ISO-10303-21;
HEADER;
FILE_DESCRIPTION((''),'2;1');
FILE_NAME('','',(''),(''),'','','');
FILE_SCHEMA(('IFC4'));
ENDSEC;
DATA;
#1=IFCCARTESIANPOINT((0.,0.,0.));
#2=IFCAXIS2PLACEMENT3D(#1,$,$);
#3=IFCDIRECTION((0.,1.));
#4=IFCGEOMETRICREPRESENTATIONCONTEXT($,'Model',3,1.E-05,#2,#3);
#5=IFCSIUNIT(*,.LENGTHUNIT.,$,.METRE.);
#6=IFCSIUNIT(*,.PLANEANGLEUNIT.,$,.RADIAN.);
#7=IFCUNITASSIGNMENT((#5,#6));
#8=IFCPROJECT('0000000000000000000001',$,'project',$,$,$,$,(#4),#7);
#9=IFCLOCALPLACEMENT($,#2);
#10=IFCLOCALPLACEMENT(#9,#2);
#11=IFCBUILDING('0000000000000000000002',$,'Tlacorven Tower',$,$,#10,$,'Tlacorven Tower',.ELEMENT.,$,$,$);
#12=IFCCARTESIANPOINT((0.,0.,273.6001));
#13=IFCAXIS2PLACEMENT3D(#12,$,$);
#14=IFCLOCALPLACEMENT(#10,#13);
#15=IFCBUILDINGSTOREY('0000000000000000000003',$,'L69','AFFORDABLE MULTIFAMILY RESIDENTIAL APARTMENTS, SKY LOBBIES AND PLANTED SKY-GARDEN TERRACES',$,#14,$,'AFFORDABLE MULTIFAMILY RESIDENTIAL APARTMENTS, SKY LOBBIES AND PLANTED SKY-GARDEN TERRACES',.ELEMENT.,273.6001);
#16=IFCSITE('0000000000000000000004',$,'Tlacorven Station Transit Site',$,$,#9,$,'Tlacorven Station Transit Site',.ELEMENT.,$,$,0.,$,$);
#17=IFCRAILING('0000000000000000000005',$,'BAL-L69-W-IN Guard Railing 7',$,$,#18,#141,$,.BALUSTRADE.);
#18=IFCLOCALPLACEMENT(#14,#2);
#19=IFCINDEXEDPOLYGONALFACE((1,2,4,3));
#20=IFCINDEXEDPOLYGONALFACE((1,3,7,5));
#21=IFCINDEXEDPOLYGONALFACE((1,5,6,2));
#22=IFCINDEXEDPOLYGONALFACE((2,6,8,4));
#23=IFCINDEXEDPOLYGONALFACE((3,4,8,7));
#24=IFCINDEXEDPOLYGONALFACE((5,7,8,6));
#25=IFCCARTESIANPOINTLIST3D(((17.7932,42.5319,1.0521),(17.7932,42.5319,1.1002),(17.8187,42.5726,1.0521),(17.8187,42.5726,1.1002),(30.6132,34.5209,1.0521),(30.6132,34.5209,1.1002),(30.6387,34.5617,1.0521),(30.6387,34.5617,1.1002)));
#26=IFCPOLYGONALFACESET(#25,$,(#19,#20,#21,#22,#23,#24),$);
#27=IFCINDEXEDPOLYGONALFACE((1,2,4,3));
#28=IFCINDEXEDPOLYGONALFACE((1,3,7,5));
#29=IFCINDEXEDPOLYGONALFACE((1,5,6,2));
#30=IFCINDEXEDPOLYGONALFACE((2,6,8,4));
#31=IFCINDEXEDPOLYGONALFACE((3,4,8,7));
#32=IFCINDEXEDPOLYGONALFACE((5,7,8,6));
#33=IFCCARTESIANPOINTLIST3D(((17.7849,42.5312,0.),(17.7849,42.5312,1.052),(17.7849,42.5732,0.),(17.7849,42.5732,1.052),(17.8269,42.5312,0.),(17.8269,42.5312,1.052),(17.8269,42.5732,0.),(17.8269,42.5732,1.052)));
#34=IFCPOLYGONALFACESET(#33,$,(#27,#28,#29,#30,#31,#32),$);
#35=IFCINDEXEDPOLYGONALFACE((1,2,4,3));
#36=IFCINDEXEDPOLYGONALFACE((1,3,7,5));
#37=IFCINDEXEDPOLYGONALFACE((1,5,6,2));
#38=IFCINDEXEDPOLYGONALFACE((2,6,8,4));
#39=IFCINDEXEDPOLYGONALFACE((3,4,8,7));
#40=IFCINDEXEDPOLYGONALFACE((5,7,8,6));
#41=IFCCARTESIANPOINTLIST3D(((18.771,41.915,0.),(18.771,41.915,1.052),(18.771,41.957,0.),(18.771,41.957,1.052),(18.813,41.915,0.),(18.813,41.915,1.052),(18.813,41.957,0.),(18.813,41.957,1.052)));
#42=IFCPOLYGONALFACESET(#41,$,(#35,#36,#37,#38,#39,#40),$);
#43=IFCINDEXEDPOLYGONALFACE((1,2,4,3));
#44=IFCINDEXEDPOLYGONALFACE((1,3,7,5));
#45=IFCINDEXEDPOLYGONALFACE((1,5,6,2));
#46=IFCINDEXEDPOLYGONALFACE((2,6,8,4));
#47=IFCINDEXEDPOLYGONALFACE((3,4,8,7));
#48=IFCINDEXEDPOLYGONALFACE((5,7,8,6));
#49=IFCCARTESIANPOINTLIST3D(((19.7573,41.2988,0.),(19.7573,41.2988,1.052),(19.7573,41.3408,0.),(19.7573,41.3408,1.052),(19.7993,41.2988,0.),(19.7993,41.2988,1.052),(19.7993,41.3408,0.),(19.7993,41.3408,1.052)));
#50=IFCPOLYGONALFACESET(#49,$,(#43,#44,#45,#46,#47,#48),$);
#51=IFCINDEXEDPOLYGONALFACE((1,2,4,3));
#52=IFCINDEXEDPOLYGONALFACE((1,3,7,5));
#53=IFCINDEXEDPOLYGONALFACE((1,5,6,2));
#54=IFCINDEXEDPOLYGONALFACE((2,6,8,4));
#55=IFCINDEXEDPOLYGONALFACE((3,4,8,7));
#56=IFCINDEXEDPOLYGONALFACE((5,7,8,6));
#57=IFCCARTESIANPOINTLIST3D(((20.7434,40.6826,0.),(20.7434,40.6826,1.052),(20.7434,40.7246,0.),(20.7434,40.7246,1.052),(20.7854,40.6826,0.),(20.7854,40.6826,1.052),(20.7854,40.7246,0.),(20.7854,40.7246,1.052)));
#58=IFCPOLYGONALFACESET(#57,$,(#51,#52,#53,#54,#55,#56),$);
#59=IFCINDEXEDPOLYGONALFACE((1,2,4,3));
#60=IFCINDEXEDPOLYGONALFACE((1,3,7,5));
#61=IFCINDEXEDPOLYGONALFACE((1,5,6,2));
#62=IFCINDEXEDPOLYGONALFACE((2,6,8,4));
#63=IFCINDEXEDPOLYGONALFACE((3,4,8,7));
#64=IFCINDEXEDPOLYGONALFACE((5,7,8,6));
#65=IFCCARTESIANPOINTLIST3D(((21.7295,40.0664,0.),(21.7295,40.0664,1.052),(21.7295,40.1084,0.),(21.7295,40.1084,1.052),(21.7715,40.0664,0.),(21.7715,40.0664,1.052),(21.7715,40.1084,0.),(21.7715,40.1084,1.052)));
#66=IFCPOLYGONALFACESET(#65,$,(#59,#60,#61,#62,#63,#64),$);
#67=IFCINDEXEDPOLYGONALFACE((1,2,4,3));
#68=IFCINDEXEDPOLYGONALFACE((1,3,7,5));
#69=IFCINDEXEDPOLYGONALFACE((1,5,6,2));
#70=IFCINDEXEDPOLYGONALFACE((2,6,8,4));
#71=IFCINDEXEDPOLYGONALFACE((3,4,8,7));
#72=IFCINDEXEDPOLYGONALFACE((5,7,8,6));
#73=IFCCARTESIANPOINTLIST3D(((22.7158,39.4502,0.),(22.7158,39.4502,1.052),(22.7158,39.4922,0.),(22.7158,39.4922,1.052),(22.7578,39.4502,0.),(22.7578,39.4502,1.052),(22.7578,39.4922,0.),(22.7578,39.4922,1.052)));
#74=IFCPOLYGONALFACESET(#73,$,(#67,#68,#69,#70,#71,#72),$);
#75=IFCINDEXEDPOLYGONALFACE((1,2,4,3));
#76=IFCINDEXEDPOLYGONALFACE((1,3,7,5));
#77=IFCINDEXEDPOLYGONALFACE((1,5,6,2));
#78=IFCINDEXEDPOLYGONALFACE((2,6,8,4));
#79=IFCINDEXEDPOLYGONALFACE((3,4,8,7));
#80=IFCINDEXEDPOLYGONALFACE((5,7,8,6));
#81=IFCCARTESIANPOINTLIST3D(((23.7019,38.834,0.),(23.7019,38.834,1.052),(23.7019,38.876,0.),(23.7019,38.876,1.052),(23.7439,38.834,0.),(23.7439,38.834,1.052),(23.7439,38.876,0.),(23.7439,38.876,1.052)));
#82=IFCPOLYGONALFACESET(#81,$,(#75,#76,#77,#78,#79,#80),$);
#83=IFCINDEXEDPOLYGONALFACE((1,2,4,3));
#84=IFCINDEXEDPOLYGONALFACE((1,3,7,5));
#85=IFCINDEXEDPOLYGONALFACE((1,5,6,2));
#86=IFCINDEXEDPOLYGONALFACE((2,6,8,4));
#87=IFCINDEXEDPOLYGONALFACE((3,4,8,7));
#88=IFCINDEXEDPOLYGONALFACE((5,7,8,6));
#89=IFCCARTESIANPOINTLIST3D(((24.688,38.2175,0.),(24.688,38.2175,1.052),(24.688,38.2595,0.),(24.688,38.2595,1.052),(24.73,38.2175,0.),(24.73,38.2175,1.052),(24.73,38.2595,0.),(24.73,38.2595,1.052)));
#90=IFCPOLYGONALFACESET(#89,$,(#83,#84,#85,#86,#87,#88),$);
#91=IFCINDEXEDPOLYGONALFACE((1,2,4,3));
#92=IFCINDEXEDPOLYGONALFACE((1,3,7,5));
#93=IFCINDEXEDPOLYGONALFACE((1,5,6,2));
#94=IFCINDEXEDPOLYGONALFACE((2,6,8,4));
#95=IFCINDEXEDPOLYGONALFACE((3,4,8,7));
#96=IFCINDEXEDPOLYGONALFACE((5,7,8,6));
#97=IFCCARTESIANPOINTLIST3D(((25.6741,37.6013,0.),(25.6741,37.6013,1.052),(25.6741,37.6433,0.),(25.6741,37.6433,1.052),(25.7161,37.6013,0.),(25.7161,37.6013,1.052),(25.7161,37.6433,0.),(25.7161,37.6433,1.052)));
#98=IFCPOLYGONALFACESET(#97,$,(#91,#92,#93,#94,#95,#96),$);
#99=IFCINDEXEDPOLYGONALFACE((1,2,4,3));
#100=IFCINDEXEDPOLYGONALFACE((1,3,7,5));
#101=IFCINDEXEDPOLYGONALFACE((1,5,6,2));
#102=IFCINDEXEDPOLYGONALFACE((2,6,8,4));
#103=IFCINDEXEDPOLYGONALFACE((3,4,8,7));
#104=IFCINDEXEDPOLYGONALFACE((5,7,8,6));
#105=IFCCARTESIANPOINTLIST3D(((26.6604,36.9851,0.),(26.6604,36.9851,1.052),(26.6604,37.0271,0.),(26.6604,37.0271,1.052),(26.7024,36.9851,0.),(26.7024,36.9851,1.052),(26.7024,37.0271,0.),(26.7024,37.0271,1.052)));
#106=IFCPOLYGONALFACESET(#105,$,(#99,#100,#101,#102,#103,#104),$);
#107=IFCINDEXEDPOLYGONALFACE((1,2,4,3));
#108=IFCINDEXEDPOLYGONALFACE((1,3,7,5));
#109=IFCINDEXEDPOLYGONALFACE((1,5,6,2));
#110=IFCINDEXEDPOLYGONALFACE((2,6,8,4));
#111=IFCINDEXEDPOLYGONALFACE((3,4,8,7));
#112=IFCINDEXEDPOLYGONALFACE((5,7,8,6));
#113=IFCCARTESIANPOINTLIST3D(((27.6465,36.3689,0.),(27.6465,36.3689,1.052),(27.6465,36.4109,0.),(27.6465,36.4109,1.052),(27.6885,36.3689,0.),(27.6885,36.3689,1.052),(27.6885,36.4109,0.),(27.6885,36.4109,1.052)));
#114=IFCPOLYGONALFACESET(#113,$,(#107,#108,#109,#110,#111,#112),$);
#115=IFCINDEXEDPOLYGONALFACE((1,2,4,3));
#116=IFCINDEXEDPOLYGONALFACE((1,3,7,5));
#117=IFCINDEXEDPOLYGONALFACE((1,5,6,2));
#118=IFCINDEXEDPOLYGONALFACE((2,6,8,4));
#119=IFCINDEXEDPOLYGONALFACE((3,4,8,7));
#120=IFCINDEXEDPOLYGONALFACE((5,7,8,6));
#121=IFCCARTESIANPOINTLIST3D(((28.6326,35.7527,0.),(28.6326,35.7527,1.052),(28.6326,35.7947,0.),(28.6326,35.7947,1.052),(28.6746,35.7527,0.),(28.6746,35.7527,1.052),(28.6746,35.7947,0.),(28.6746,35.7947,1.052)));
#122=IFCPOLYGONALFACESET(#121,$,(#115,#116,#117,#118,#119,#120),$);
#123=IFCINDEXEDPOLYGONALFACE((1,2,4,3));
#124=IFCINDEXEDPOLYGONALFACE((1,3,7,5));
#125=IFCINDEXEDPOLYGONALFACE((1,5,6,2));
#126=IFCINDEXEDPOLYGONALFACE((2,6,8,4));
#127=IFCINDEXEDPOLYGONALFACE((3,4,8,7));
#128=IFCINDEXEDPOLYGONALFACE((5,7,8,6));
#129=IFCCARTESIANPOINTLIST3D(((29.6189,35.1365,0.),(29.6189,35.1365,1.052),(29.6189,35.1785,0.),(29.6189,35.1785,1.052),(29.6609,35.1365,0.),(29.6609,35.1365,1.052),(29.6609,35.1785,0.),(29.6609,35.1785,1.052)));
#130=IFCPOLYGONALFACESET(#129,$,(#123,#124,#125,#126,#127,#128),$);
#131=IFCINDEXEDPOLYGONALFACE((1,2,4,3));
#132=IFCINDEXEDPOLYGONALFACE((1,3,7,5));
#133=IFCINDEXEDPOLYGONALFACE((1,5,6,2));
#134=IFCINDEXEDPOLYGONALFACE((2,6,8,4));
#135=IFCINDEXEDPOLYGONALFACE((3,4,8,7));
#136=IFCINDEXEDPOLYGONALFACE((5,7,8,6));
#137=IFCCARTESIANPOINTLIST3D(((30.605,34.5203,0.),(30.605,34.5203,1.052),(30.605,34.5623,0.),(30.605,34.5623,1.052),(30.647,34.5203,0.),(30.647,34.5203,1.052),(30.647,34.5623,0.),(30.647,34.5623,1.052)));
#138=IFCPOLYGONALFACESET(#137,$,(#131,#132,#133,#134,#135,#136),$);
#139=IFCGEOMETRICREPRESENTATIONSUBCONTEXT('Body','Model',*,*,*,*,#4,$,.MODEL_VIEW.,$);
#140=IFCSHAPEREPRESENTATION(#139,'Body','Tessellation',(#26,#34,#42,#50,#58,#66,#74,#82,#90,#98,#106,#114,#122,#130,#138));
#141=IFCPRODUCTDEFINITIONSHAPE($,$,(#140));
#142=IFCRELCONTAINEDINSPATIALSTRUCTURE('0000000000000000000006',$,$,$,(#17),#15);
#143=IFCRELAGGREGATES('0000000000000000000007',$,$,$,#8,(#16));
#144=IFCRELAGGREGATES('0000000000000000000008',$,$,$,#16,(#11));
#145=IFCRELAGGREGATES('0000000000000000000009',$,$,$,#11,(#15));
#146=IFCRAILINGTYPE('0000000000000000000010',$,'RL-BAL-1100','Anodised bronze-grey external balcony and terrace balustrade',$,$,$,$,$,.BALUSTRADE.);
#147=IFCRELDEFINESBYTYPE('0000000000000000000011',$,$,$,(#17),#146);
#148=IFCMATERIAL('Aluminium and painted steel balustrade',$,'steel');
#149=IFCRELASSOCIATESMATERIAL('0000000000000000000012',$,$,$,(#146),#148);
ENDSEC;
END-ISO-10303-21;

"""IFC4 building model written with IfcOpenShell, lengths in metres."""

from ifc_helpers import new_model, si_unit, direction, frame, origin, origin_2d, place, context, subcontext, project, spatial, rectangle, extrude, source, transform, mapped, material, type_object, element, save


model = new_model("IFC4")

# Units and contexts
model_context = context("Model", 3, precision=1e-05, world=origin(), true_north=direction((0.0, 1.0)))
body_context = subcontext(model_context, "Body", "Model", "MODEL_VIEW")
ifc_project = project(units=[si_unit("LENGTHUNIT", "METRE"), si_unit("PLANEANGLEUNIT", "RADIAN")], contexts=[model_context])

# Site, building, storey
site_placement = place(None, origin())
site = spatial("IfcSite", under=ifc_project, at=site_placement, Name="Tlacorven Station Transit Site", LongName="Tlacorven Station Transit Site", CompositionType="ELEMENT", RefElevation=0.0)
building_placement = place(site_placement, origin())
building = spatial("IfcBuilding", under=site, at=building_placement, Name="Tlacorven Tower", LongName="Tlacorven Tower", CompositionType="ELEMENT")
storey_placement = place(building_placement, frame((0.0, 0.0, 273.6001)))
storey = spatial("IfcBuildingStorey", under=building, at=storey_placement, Name="L69", Description="AFFORDABLE MULTIFAMILY RESIDENTIAL APARTMENTS, SKY LOBBIES AND PLANTED SKY-GARDEN TERRACES", LongName="AFFORDABLE MULTIFAMILY RESIDENTIAL APARTMENTS, SKY LOBBIES AND PLANTED SKY-GARDEN TERRACES", CompositionType="ELEMENT", Elevation=273.6001)

# Railing
ifc_material_1 = material(Name="Aluminium and painted steel balustrade", Category="steel")
railing_type = type_object("IfcRailingType", Name="RL-BAL-1100", Description="Anodised bronze-grey external balcony and terrace balustrade", PredefinedType="BALUSTRADE", material=ifc_material_1)
shared_shape_1 = source(origin(), body_context, "Body", "SweptSolid", [
    extrude(rectangle(XDim=0.0481, YDim=0.0481, at=origin_2d()), frame((0.0, 0.0, 1.0762), z_axis=(0.848045, -0.529925, 0.0), x_axis=(0.529925, 0.848045, 0.0)), (0.0, 0.0, 1.0), 15.1172),
    extrude(rectangle(XDim=0.042, YDim=0.042, at=origin_2d()), origin(), (0.0, 0.0, 1.0), 1.052),
    extrude(rectangle(XDim=0.042, YDim=0.042, at=origin_2d()), frame((0.9861, -0.6162, 0.0)), (0.0, 0.0, 1.0), 1.052),
    extrude(rectangle(XDim=0.042, YDim=0.042, at=origin_2d()), frame((1.9724, -1.2324, 0.0)), (0.0, 0.0, 1.0), 1.052),
    extrude(rectangle(XDim=0.042, YDim=0.042, at=origin_2d()), frame((2.9585, -1.8486, 0.0)), (0.0, 0.0, 1.0), 1.052),
    extrude(rectangle(XDim=0.042, YDim=0.042, at=origin_2d()), frame((3.9446, -2.4648, 0.0)), (0.0, 0.0, 1.0), 1.052),
    extrude(rectangle(XDim=0.042, YDim=0.042, at=origin_2d()), frame((4.9309, -3.0811, 0.0)), (0.0, 0.0, 1.0), 1.052),
    extrude(rectangle(XDim=0.042, YDim=0.042, at=origin_2d()), frame((5.917, -3.6973, 0.0)), (0.0, 0.0, 1.0), 1.052),
    extrude(rectangle(XDim=0.042, YDim=0.042, at=origin_2d()), frame((6.9031, -4.3137, 0.0)), (0.0, 0.0, 1.0), 1.052),
    extrude(rectangle(XDim=0.042, YDim=0.042, at=origin_2d()), frame((7.8892, -4.9299, 0.0)), (0.0, 0.0, 1.0), 1.052),
    extrude(rectangle(XDim=0.042, YDim=0.042, at=origin_2d()), frame((8.8755, -5.5461, 0.0)), (0.0, 0.0, 1.0), 1.052),
    extrude(rectangle(XDim=0.042, YDim=0.042, at=origin_2d()), frame((9.8616, -6.1624, 0.0)), (0.0, 0.0, 1.0), 1.052),
    extrude(rectangle(XDim=0.042, YDim=0.042, at=origin_2d()), frame((10.8477, -6.7786, 0.0)), (0.0, 0.0, 1.0), 1.052),
    extrude(rectangle(XDim=0.042, YDim=0.042, at=origin_2d()), frame((11.834, -7.3948, 0.0)), (0.0, 0.0, 1.0), 1.052),
    extrude(rectangle(XDim=0.042, YDim=0.042, at=origin_2d()), frame((12.8201, -8.011, 0.0)), (0.0, 0.0, 1.0), 1.052),
])
railing_1_placement = place(storey_placement, frame((17.8059, 42.5522, 0.0)))
element("IfcRailing", 1, at=railing_1_placement, inside=storey, type_object=railing_type, Name="BAL-L69-W-IN Guard Railing 7", PredefinedType="BALUSTRADE", context=body_context, shape_type="MappedRepresentation", body=[
    mapped(shared_shape_1, transform((0.0, 0.0, 0.0), scale=1.0)),
])

save(model, "model.ifc")
